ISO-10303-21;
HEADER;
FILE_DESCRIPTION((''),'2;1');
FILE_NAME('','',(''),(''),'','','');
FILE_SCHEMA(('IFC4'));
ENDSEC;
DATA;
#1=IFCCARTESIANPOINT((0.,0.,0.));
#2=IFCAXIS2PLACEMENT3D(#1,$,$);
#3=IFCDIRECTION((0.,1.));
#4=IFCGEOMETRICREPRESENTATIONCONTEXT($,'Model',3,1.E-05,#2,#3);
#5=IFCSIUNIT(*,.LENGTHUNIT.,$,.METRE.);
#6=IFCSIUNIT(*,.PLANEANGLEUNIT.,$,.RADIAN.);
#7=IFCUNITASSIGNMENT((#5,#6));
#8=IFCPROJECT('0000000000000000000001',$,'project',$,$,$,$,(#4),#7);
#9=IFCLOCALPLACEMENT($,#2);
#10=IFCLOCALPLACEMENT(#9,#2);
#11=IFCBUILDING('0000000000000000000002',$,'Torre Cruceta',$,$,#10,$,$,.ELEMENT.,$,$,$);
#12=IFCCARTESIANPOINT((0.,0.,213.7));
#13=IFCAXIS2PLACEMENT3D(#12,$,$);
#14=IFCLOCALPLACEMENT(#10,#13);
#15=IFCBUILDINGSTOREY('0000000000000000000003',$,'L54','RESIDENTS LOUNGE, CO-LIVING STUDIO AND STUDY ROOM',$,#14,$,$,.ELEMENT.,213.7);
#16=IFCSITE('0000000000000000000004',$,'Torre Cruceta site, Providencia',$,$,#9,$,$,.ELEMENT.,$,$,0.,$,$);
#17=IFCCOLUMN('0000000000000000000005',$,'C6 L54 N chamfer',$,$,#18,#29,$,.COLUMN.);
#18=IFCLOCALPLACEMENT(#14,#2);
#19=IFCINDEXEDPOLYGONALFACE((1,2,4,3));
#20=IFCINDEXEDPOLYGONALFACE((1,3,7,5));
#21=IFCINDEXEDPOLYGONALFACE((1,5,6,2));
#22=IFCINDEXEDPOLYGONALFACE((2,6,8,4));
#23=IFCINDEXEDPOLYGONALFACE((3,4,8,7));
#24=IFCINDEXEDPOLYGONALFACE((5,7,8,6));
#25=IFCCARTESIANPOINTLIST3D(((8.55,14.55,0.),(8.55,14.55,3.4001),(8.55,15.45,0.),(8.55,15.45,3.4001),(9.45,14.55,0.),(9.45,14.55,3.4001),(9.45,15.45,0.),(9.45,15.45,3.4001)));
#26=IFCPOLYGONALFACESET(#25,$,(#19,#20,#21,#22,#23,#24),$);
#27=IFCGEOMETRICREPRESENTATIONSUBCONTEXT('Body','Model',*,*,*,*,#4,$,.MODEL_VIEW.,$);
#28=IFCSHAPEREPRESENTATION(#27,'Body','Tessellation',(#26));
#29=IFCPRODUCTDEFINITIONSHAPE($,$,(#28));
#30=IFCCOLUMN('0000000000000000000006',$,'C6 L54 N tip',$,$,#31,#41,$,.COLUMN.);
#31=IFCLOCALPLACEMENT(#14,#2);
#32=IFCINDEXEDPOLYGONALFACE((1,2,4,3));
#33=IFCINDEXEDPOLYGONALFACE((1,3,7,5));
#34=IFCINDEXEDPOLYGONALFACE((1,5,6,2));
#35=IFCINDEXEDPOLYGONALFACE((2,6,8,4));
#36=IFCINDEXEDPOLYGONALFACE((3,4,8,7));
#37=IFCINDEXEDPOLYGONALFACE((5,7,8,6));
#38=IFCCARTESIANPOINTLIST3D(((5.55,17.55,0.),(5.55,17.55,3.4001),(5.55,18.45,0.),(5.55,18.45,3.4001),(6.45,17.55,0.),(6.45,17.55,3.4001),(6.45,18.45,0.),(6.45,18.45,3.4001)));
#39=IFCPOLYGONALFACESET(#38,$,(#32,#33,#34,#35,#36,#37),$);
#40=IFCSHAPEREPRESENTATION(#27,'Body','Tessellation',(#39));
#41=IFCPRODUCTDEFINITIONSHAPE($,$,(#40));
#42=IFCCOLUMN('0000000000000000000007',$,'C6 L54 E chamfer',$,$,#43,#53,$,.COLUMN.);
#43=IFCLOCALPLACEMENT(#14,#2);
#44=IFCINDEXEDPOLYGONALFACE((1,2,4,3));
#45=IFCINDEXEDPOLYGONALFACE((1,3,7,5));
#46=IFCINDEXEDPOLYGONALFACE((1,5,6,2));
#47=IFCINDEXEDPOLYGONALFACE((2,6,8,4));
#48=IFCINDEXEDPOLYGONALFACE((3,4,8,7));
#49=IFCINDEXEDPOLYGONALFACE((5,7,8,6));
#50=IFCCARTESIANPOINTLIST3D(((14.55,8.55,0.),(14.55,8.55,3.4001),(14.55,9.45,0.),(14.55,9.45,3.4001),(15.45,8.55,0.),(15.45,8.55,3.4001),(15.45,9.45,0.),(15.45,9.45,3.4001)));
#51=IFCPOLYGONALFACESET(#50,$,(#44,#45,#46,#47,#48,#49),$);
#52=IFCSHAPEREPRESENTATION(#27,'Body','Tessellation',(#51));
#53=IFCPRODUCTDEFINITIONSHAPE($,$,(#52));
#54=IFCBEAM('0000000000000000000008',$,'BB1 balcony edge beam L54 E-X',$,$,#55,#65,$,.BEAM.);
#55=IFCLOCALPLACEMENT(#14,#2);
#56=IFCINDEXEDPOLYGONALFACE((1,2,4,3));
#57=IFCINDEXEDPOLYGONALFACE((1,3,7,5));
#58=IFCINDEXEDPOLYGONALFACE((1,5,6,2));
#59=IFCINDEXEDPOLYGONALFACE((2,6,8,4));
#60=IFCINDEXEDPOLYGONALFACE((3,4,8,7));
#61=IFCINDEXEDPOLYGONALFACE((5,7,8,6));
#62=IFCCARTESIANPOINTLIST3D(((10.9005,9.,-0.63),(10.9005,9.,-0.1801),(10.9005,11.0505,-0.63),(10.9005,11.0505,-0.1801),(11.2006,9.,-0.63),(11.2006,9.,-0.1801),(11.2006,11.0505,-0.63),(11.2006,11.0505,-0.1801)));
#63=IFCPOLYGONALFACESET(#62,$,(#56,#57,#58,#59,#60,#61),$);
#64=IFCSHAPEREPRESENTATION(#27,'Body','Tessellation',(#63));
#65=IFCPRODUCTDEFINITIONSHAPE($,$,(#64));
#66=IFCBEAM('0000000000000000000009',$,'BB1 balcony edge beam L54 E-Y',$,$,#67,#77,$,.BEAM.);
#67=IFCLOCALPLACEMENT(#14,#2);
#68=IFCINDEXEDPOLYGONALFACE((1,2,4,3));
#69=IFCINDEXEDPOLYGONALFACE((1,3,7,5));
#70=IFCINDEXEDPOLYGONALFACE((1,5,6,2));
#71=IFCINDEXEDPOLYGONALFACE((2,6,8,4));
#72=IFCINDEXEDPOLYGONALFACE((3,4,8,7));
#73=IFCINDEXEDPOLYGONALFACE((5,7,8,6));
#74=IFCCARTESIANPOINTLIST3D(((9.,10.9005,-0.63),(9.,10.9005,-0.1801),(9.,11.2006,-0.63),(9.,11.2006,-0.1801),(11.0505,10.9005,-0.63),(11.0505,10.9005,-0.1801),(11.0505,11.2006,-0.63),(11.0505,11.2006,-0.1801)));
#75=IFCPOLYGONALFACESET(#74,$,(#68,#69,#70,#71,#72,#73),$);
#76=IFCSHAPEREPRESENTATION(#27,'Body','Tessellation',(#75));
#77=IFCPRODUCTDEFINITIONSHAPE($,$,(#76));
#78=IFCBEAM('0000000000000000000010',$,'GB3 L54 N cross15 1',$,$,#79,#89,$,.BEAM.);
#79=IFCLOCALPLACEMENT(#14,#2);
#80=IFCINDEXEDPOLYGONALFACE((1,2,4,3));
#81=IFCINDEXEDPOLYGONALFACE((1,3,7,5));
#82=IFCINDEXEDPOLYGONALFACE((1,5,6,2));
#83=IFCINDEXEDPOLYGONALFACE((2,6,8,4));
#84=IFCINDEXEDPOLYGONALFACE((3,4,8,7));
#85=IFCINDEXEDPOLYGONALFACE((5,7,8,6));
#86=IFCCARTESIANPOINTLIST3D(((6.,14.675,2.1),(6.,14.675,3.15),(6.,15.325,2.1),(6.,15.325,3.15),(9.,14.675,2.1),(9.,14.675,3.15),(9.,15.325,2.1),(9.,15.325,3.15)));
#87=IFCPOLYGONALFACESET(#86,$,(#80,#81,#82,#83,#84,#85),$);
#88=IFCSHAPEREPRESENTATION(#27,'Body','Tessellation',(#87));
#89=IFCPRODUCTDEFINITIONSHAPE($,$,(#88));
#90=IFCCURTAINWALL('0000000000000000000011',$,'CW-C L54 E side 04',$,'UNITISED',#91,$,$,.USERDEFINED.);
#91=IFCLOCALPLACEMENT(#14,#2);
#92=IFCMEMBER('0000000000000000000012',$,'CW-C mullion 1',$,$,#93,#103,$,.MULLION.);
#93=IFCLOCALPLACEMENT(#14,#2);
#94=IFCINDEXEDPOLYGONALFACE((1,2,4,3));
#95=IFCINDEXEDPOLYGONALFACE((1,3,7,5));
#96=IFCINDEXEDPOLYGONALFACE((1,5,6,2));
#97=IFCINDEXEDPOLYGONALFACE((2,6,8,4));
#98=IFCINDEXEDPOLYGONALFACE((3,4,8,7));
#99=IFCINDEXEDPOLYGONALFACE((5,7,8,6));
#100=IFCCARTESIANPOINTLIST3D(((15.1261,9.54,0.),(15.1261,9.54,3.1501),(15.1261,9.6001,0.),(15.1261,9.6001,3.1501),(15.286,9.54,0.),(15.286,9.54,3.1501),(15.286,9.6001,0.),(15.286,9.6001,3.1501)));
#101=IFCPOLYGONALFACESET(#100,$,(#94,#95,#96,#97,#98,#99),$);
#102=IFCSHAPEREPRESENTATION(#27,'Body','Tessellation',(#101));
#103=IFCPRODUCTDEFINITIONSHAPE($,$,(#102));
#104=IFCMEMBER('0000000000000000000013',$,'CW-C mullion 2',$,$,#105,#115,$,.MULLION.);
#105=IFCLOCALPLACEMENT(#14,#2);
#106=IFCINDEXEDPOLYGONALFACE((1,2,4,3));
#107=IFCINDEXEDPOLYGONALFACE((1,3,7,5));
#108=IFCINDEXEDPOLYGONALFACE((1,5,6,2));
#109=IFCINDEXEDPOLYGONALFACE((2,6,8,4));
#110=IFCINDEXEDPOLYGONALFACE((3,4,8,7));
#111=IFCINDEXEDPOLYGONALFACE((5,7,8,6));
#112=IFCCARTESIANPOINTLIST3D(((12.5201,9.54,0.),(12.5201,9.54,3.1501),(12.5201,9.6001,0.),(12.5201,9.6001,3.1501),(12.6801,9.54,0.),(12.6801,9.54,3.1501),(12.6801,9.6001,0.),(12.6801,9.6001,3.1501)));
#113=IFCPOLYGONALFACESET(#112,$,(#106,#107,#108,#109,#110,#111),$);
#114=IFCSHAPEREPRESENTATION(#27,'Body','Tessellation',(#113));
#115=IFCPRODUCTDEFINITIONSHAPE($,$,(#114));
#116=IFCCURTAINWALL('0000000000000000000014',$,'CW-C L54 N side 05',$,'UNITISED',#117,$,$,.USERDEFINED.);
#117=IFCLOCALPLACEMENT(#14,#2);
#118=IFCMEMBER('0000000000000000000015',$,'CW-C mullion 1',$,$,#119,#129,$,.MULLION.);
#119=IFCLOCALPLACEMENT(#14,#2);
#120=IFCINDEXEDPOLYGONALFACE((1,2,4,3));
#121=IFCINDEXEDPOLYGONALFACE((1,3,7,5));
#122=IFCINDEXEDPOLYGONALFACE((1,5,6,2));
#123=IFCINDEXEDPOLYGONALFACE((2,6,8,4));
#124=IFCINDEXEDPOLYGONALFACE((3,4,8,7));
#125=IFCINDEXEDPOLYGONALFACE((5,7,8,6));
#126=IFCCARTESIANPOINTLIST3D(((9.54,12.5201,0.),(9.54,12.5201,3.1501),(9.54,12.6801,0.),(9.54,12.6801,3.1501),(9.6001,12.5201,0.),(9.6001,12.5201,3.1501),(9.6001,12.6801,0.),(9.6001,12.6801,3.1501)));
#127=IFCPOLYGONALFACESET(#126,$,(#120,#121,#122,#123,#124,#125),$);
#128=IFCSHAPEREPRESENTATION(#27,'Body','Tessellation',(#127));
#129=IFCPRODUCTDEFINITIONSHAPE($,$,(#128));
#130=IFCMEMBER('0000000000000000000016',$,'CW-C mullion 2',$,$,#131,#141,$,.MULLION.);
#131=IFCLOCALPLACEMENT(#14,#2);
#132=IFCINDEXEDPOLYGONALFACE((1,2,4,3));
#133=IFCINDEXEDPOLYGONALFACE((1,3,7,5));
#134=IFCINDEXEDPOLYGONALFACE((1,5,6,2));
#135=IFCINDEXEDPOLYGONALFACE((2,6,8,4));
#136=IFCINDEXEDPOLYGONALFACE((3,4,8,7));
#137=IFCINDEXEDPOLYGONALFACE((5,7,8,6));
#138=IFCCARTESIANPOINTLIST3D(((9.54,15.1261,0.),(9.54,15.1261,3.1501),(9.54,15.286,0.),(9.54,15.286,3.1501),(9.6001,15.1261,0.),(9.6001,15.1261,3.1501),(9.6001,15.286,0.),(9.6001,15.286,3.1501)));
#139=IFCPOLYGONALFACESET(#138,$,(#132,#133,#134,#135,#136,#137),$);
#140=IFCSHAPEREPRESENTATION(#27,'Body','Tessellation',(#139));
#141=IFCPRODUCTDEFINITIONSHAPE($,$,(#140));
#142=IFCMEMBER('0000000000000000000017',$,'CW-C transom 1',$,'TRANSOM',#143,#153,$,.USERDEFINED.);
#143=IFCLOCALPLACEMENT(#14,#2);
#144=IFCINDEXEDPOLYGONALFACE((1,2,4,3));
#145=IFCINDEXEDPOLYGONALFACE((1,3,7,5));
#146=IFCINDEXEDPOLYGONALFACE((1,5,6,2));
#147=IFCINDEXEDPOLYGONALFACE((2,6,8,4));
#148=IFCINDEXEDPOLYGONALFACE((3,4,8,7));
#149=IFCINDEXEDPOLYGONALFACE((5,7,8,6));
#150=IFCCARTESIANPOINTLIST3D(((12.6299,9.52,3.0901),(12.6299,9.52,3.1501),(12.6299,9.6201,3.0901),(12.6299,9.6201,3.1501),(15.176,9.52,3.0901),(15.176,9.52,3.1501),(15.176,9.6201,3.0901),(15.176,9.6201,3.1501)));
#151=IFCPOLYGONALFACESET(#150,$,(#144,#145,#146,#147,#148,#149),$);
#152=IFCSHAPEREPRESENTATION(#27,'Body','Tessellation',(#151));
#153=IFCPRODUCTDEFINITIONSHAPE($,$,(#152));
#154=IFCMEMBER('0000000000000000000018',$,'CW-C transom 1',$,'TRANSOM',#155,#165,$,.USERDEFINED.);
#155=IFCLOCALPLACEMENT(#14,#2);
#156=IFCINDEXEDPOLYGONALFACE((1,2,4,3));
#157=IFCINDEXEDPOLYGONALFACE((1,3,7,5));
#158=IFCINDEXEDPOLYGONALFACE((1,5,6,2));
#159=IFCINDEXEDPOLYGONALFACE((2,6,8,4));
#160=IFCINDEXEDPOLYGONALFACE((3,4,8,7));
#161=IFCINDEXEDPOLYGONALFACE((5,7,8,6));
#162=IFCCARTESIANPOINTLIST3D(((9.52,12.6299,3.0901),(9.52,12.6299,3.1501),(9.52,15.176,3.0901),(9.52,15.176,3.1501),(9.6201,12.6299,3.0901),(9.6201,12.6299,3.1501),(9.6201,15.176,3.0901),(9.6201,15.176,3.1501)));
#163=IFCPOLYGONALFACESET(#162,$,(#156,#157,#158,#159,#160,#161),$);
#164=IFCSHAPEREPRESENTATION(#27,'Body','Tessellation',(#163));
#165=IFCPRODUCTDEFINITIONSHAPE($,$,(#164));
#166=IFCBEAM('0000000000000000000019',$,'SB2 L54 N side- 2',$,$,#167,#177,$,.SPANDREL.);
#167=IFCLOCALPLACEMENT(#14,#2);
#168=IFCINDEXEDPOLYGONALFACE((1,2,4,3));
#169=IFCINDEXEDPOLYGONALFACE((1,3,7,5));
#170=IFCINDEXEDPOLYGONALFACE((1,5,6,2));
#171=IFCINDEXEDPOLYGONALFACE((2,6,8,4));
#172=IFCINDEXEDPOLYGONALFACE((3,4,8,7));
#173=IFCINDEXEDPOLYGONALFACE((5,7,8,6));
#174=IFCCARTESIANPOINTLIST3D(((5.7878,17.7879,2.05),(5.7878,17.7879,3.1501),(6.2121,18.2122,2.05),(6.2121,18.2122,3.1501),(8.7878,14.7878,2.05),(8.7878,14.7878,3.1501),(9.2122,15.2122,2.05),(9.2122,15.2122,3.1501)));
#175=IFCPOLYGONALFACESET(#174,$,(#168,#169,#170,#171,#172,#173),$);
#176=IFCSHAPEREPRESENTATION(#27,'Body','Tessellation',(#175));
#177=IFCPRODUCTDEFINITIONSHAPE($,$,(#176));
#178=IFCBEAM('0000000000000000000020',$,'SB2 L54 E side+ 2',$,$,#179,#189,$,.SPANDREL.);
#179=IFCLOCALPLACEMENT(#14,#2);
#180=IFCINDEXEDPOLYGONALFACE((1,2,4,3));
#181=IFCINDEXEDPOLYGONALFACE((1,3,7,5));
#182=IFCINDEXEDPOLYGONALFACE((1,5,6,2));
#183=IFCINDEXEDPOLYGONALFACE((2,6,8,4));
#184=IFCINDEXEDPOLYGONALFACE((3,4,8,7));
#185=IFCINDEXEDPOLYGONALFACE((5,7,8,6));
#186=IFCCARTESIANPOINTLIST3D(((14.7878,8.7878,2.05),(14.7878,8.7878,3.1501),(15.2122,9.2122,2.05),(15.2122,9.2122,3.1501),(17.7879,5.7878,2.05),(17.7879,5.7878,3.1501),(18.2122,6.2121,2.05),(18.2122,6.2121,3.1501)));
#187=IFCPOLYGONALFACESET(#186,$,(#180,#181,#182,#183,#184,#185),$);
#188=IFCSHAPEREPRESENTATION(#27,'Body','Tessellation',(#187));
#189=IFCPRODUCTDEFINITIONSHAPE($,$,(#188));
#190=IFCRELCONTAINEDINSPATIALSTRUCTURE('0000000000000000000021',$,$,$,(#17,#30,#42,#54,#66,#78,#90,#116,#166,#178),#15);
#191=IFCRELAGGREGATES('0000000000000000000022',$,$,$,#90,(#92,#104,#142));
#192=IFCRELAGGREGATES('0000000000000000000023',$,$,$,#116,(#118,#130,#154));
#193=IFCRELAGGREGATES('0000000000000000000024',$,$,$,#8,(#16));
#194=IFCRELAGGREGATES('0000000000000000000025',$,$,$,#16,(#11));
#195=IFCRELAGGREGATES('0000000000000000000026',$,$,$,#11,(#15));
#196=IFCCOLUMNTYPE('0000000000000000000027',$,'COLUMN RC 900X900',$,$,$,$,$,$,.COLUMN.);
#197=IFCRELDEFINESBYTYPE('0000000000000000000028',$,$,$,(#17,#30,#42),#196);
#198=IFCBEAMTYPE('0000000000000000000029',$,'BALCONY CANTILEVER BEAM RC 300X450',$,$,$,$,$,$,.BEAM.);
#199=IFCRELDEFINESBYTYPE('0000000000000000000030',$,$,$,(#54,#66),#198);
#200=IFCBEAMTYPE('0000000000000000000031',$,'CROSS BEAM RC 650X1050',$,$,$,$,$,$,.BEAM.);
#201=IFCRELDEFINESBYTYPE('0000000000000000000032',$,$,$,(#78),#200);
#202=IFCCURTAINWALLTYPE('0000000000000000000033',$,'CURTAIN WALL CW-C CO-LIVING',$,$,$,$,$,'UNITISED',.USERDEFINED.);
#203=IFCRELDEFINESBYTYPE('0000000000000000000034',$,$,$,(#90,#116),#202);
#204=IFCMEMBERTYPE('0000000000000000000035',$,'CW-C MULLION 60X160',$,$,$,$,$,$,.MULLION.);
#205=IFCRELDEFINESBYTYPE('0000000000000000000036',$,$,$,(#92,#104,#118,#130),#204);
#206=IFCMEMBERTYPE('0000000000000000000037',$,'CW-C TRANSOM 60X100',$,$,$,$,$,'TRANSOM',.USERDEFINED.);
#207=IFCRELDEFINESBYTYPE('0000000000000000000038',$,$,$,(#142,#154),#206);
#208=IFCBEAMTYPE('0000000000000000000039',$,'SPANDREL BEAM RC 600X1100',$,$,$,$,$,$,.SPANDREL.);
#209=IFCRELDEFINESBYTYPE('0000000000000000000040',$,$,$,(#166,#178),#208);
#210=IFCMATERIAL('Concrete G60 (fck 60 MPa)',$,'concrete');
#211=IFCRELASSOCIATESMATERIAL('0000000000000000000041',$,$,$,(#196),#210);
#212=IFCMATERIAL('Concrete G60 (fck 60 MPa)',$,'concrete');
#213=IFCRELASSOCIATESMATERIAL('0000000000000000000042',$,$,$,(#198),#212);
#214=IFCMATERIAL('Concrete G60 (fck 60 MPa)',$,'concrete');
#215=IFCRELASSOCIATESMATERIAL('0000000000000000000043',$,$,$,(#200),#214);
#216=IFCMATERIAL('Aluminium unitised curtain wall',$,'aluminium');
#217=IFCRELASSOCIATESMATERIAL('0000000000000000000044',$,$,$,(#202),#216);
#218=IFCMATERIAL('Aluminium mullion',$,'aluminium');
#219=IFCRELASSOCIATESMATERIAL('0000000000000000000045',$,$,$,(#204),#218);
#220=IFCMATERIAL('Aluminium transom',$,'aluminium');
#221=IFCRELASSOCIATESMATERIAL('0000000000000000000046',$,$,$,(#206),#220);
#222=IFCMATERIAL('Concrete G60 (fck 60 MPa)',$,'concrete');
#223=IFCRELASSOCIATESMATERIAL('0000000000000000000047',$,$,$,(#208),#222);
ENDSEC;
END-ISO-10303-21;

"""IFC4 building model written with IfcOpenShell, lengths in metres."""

from ifc_helpers import new_model, si_unit, direction, frame, origin, origin_2d, place, context, subcontext, project, spatial, rectangle, extrude, material, material_profile, profile_set, type_object, element, aggregate, save


model = new_model("IFC4")

# Units and contexts
model_context = context("Model", 3, precision=1e-05, world=origin(), true_north=direction((0.0, 1.0)))
body_context = subcontext(model_context, "Body", "Model", "MODEL_VIEW")
ifc_project = project(units=[si_unit("LENGTHUNIT", "METRE"), si_unit("PLANEANGLEUNIT", "RADIAN")], contexts=[model_context])

# Site, building, storey
site_placement = place(None, origin())
site = spatial("IfcSite", under=ifc_project, at=site_placement, Name="Torre Cruceta site, Providencia", CompositionType="ELEMENT", RefElevation=0.0)
building_placement = place(site_placement, origin())
building = spatial("IfcBuilding", under=site, at=building_placement, Name="Torre Cruceta", CompositionType="ELEMENT")
storey_placement = place(building_placement, frame((0.0, 0.0, 213.7)))
storey = spatial("IfcBuildingStorey", under=building, at=storey_placement, Name="L54", Description="RESIDENTS LOUNGE, CO-LIVING STUDIO AND STUDY ROOM", CompositionType="ELEMENT", Elevation=213.7)

# Columns
ifc_material_1 = material(Name="Concrete G60 (fck 60 MPa)", Category="concrete")
ifc_material_profile_1 = material_profile(ifc_material_1, rectangle(XDim=0.8999, YDim=0.8999, at=origin_2d()), Name="RC 900X900")
ifc_profile_set_1 = profile_set([ifc_material_profile_1], Name="Concrete G60 (fck 60 MPa)")
column_type = type_object("IfcColumnType", Name="COLUMN RC 900X900", PredefinedType="COLUMN", material=ifc_profile_set_1)
for number, where, z_axis, x_axis, name in (
    (1, (9.0, 15.0, 0.0), (0.0, 0.0, 1.0), (1.0, 0.0, 0.0), "C6 L54 N chamfer"),
    (2, (6.0, 18.0, 0.0), (0.0, 0.0, 1.0), (1.0, 0.0, 0.0), "C6 L54 N tip"),
    (3, (15.0, 9.0, 0.0), (0.0, 0.0, 1.0), (1.0, 0.0, 0.0), "C6 L54 E chamfer"),
):
    element("IfcColumn", number, at=place(storey_placement, frame(where, z_axis=z_axis, x_axis=x_axis)), inside=storey, type_object=column_type, Name=name, PredefinedType="COLUMN", context=body_context, shape_type="SweptSolid", body=[
        extrude(rectangle(XDim=0.8999, YDim=0.8999, at=origin_2d()), origin(), (0.0, 0.0, 1.0), 3.4001),
    ])

# Beams
ifc_material_2 = material(Name="Concrete G60 (fck 60 MPa)", Category="concrete")
ifc_material_profile_2 = material_profile(ifc_material_2, rectangle(XDim=0.3, YDim=0.45, at=origin_2d()), Name="RC 300X450")
ifc_profile_set_2 = profile_set([ifc_material_profile_2], Name="Concrete G60 (fck 60 MPa)")
beam_type_1 = type_object("IfcBeamType", Name="BALCONY CANTILEVER BEAM RC 300X450", PredefinedType="BEAM", material=ifc_profile_set_2)
for number, where, z_axis, x_axis, name in (
    (4, (11.0505, 9.0, -0.405), (0.0, 1.0, 0.0), (-1.0, 0.0, 0.0), "BB1 balcony edge beam L54 E-X"),
    (5, (9.0, 11.0505, -0.405), (1.0, 0.0, 0.0), (0.0, 1.0, 0.0), "BB1 balcony edge beam L54 E-Y"),
):
    element("IfcBeam", number, at=place(storey_placement, frame(where, z_axis=z_axis, x_axis=x_axis)), inside=storey, type_object=beam_type_1, Name=name, PredefinedType="BEAM", context=body_context, shape_type="SweptSolid", body=[
        extrude(rectangle(XDim=0.3, YDim=0.45, at=origin_2d()), origin(), (0.0, 0.0, 1.0), 2.0505),
    ])
ifc_material_3 = material(Name="Concrete G60 (fck 60 MPa)", Category="concrete")
ifc_material_profile_3 = material_profile(ifc_material_3, rectangle(XDim=0.6499, YDim=1.05, at=origin_2d()), Name="RC 650X1050")
ifc_profile_set_3 = profile_set([ifc_material_profile_3], Name="Concrete G60 (fck 60 MPa)")
beam_type_2 = type_object("IfcBeamType", Name="CROSS BEAM RC 650X1050", PredefinedType="BEAM", material=ifc_profile_set_3)
beam_placement = place(storey_placement, frame((9.0, 15.0, 2.625), z_axis=(-1.0, 0.0, 0.0), x_axis=(0.0, -1.0, 0.0)))
element("IfcBeam", 6, at=beam_placement, inside=storey, type_object=beam_type_2, Name="GB3 L54 N cross15 1", PredefinedType="BEAM", context=body_context, shape_type="SweptSolid", body=[
    extrude(rectangle(XDim=0.6499, YDim=1.05, at=origin_2d()), origin(), (0.0, 0.0, 1.0), 3.0),
])

# Curtain walls, members
ifc_material_4 = material(Name="Aluminium unitised curtain wall", Category="aluminium")
curtain_wall_type = type_object("IfcCurtainWallType", Name="CURTAIN WALL CW-C CO-LIVING", ElementType="UNITISED", PredefinedType="USERDEFINED", material=ifc_material_4)
curtain_wall_1_placement = place(storey_placement, origin())
curtain_wall_1 = element("IfcCurtainWall", 7, at=curtain_wall_1_placement, inside=storey, type_object=curtain_wall_type, Name="CW-C L54 E side 04", ObjectType="UNITISED", PredefinedType="USERDEFINED")
ifc_material_5 = material(Name="Aluminium mullion", Category="aluminium")
ifc_material_profile_4 = material_profile(ifc_material_5, rectangle(XDim=0.0601, YDim=0.1599, at=origin_2d()), Name="AL 60X160")
ifc_profile_set_4 = profile_set([ifc_material_profile_4], Name="Aluminium mullion")
member_type_1 = type_object("IfcMemberType", Name="CW-C MULLION 60X160", PredefinedType="MULLION", material=ifc_profile_set_4)
member_1_placement = place(storey_placement, frame((15.2061, 9.5701, 0.0), z_axis=(0.0, 0.0, 1.0), x_axis=(0.0, -1.0, 0.0)))
member_1 = element("IfcMember", 8, at=member_1_placement, type_object=member_type_1, Name="CW-C mullion 1", PredefinedType="MULLION", context=body_context, shape_type="SweptSolid", body=[
    extrude(rectangle(XDim=0.0601, YDim=0.1599, at=origin_2d()), origin(), (0.0, 0.0, 1.0), 3.1501),
])
member_2_placement = place(storey_placement, frame((12.6001, 9.5701, 0.0), z_axis=(0.0, 0.0, 1.0), x_axis=(0.0, -1.0, 0.0)))
member_2 = element("IfcMember", 9, at=member_2_placement, type_object=member_type_1, Name="CW-C mullion 2", PredefinedType="MULLION", context=body_context, shape_type="SweptSolid", body=[
    extrude(rectangle(XDim=0.0601, YDim=0.1599, at=origin_2d()), origin(), (0.0, 0.0, 1.0), 3.1501),
])
curtain_wall_2_placement = place(storey_placement, origin())
curtain_wall_2 = element("IfcCurtainWall", 10, at=curtain_wall_2_placement, inside=storey, type_object=curtain_wall_type, Name="CW-C L54 N side 05", ObjectType="UNITISED", PredefinedType="USERDEFINED")
member_3_placement = place(storey_placement, frame((9.5701, 12.6001, 0.0), z_axis=(0.0, 0.0, 1.0), x_axis=(-1.0, 0.0, 0.0)))
member_3 = element("IfcMember", 11, at=member_3_placement, type_object=member_type_1, Name="CW-C mullion 1", PredefinedType="MULLION", context=body_context, shape_type="SweptSolid", body=[
    extrude(rectangle(XDim=0.0601, YDim=0.1599, at=origin_2d()), origin(), (0.0, 0.0, 1.0), 3.1501),
])
member_4_placement = place(storey_placement, frame((9.5701, 15.2061, 0.0), z_axis=(0.0, 0.0, 1.0), x_axis=(-1.0, 0.0, 0.0)))
member_4 = element("IfcMember", 12, at=member_4_placement, type_object=member_type_1, Name="CW-C mullion 2", PredefinedType="MULLION", context=body_context, shape_type="SweptSolid", body=[
    extrude(rectangle(XDim=0.0601, YDim=0.1599, at=origin_2d()), origin(), (0.0, 0.0, 1.0), 3.1501),
])

# Members
ifc_material_6 = material(Name="Aluminium transom", Category="aluminium")
ifc_material_profile_5 = material_profile(ifc_material_6, rectangle(XDim=0.1001, YDim=0.0601, at=origin_2d()), Name="AL 100X60")
ifc_profile_set_5 = profile_set([ifc_material_profile_5], Name="Aluminium transom")
member_type_2 = type_object("IfcMemberType", Name="CW-C TRANSOM 60X100", ElementType="TRANSOM", PredefinedType="USERDEFINED", material=ifc_profile_set_5)
member_5_placement = place(storey_placement, frame((15.176, 9.5701, 3.1201), z_axis=(-1.0, 0.0, 0.0), x_axis=(0.0, -1.0, 0.0)))
member_5 = element("IfcMember", 13, at=member_5_placement, type_object=member_type_2, Name="CW-C transom 1", ObjectType="TRANSOM", PredefinedType="USERDEFINED", context=body_context, shape_type="SweptSolid", body=[
    extrude(rectangle(XDim=0.1001, YDim=0.0601, at=origin_2d()), origin(), (0.0, 0.0, 1.0), 2.5461),
])
member_6_placement = place(storey_placement, frame((9.5701, 12.6299, 3.1201), z_axis=(0.0, 1.0, 0.0), x_axis=(-1.0, 0.0, 0.0)))
member_6 = element("IfcMember", 14, at=member_6_placement, type_object=member_type_2, Name="CW-C transom 1", ObjectType="TRANSOM", PredefinedType="USERDEFINED", context=body_context, shape_type="SweptSolid", body=[
    extrude(rectangle(XDim=0.1001, YDim=0.0601, at=origin_2d()), origin(), (0.0, 0.0, 1.0), 2.5461),
])

# Beams
ifc_material_7 = material(Name="Concrete G60 (fck 60 MPa)", Category="concrete")
ifc_material_profile_6 = material_profile(ifc_material_7, rectangle(XDim=0.6001, YDim=1.1001, at=origin_2d()), Name="RC 600X1100")
ifc_profile_set_6 = profile_set([ifc_material_profile_6], Name="Concrete G60 (fck 60 MPa)")
beam_type_3 = type_object("IfcBeamType", Name="SPANDREL BEAM RC 600X1100", PredefinedType="SPANDREL", material=ifc_profile_set_6)
for number, where, z_axis, x_axis, name in (
    (15, (9.0, 15.0, 2.6001), (-0.707107, 0.707107, 0.0), (-0.707107, -0.707107, 0.0), "SB2 L54 N side- 2"),
    (16, (15.0, 9.0, 2.6001), (0.707107, -0.707107, 0.0), (0.707107, 0.707107, 0.0), "SB2 L54 E side+ 2"),
):
    element("IfcBeam", number, at=place(storey_placement, frame(where, z_axis=z_axis, x_axis=x_axis)), inside=storey, type_object=beam_type_3, Name=name, PredefinedType="SPANDREL", context=body_context, shape_type="SweptSolid", body=[
        extrude(rectangle(XDim=0.6001, YDim=1.1001, at=origin_2d()), origin(), (0.0, 0.0, 1.0), 4.2427),
    ])

aggregate(curtain_wall_1, [member_1, member_2, member_5])
aggregate(curtain_wall_2, [member_3, member_4, member_6])

save(model, "model.ifc")
